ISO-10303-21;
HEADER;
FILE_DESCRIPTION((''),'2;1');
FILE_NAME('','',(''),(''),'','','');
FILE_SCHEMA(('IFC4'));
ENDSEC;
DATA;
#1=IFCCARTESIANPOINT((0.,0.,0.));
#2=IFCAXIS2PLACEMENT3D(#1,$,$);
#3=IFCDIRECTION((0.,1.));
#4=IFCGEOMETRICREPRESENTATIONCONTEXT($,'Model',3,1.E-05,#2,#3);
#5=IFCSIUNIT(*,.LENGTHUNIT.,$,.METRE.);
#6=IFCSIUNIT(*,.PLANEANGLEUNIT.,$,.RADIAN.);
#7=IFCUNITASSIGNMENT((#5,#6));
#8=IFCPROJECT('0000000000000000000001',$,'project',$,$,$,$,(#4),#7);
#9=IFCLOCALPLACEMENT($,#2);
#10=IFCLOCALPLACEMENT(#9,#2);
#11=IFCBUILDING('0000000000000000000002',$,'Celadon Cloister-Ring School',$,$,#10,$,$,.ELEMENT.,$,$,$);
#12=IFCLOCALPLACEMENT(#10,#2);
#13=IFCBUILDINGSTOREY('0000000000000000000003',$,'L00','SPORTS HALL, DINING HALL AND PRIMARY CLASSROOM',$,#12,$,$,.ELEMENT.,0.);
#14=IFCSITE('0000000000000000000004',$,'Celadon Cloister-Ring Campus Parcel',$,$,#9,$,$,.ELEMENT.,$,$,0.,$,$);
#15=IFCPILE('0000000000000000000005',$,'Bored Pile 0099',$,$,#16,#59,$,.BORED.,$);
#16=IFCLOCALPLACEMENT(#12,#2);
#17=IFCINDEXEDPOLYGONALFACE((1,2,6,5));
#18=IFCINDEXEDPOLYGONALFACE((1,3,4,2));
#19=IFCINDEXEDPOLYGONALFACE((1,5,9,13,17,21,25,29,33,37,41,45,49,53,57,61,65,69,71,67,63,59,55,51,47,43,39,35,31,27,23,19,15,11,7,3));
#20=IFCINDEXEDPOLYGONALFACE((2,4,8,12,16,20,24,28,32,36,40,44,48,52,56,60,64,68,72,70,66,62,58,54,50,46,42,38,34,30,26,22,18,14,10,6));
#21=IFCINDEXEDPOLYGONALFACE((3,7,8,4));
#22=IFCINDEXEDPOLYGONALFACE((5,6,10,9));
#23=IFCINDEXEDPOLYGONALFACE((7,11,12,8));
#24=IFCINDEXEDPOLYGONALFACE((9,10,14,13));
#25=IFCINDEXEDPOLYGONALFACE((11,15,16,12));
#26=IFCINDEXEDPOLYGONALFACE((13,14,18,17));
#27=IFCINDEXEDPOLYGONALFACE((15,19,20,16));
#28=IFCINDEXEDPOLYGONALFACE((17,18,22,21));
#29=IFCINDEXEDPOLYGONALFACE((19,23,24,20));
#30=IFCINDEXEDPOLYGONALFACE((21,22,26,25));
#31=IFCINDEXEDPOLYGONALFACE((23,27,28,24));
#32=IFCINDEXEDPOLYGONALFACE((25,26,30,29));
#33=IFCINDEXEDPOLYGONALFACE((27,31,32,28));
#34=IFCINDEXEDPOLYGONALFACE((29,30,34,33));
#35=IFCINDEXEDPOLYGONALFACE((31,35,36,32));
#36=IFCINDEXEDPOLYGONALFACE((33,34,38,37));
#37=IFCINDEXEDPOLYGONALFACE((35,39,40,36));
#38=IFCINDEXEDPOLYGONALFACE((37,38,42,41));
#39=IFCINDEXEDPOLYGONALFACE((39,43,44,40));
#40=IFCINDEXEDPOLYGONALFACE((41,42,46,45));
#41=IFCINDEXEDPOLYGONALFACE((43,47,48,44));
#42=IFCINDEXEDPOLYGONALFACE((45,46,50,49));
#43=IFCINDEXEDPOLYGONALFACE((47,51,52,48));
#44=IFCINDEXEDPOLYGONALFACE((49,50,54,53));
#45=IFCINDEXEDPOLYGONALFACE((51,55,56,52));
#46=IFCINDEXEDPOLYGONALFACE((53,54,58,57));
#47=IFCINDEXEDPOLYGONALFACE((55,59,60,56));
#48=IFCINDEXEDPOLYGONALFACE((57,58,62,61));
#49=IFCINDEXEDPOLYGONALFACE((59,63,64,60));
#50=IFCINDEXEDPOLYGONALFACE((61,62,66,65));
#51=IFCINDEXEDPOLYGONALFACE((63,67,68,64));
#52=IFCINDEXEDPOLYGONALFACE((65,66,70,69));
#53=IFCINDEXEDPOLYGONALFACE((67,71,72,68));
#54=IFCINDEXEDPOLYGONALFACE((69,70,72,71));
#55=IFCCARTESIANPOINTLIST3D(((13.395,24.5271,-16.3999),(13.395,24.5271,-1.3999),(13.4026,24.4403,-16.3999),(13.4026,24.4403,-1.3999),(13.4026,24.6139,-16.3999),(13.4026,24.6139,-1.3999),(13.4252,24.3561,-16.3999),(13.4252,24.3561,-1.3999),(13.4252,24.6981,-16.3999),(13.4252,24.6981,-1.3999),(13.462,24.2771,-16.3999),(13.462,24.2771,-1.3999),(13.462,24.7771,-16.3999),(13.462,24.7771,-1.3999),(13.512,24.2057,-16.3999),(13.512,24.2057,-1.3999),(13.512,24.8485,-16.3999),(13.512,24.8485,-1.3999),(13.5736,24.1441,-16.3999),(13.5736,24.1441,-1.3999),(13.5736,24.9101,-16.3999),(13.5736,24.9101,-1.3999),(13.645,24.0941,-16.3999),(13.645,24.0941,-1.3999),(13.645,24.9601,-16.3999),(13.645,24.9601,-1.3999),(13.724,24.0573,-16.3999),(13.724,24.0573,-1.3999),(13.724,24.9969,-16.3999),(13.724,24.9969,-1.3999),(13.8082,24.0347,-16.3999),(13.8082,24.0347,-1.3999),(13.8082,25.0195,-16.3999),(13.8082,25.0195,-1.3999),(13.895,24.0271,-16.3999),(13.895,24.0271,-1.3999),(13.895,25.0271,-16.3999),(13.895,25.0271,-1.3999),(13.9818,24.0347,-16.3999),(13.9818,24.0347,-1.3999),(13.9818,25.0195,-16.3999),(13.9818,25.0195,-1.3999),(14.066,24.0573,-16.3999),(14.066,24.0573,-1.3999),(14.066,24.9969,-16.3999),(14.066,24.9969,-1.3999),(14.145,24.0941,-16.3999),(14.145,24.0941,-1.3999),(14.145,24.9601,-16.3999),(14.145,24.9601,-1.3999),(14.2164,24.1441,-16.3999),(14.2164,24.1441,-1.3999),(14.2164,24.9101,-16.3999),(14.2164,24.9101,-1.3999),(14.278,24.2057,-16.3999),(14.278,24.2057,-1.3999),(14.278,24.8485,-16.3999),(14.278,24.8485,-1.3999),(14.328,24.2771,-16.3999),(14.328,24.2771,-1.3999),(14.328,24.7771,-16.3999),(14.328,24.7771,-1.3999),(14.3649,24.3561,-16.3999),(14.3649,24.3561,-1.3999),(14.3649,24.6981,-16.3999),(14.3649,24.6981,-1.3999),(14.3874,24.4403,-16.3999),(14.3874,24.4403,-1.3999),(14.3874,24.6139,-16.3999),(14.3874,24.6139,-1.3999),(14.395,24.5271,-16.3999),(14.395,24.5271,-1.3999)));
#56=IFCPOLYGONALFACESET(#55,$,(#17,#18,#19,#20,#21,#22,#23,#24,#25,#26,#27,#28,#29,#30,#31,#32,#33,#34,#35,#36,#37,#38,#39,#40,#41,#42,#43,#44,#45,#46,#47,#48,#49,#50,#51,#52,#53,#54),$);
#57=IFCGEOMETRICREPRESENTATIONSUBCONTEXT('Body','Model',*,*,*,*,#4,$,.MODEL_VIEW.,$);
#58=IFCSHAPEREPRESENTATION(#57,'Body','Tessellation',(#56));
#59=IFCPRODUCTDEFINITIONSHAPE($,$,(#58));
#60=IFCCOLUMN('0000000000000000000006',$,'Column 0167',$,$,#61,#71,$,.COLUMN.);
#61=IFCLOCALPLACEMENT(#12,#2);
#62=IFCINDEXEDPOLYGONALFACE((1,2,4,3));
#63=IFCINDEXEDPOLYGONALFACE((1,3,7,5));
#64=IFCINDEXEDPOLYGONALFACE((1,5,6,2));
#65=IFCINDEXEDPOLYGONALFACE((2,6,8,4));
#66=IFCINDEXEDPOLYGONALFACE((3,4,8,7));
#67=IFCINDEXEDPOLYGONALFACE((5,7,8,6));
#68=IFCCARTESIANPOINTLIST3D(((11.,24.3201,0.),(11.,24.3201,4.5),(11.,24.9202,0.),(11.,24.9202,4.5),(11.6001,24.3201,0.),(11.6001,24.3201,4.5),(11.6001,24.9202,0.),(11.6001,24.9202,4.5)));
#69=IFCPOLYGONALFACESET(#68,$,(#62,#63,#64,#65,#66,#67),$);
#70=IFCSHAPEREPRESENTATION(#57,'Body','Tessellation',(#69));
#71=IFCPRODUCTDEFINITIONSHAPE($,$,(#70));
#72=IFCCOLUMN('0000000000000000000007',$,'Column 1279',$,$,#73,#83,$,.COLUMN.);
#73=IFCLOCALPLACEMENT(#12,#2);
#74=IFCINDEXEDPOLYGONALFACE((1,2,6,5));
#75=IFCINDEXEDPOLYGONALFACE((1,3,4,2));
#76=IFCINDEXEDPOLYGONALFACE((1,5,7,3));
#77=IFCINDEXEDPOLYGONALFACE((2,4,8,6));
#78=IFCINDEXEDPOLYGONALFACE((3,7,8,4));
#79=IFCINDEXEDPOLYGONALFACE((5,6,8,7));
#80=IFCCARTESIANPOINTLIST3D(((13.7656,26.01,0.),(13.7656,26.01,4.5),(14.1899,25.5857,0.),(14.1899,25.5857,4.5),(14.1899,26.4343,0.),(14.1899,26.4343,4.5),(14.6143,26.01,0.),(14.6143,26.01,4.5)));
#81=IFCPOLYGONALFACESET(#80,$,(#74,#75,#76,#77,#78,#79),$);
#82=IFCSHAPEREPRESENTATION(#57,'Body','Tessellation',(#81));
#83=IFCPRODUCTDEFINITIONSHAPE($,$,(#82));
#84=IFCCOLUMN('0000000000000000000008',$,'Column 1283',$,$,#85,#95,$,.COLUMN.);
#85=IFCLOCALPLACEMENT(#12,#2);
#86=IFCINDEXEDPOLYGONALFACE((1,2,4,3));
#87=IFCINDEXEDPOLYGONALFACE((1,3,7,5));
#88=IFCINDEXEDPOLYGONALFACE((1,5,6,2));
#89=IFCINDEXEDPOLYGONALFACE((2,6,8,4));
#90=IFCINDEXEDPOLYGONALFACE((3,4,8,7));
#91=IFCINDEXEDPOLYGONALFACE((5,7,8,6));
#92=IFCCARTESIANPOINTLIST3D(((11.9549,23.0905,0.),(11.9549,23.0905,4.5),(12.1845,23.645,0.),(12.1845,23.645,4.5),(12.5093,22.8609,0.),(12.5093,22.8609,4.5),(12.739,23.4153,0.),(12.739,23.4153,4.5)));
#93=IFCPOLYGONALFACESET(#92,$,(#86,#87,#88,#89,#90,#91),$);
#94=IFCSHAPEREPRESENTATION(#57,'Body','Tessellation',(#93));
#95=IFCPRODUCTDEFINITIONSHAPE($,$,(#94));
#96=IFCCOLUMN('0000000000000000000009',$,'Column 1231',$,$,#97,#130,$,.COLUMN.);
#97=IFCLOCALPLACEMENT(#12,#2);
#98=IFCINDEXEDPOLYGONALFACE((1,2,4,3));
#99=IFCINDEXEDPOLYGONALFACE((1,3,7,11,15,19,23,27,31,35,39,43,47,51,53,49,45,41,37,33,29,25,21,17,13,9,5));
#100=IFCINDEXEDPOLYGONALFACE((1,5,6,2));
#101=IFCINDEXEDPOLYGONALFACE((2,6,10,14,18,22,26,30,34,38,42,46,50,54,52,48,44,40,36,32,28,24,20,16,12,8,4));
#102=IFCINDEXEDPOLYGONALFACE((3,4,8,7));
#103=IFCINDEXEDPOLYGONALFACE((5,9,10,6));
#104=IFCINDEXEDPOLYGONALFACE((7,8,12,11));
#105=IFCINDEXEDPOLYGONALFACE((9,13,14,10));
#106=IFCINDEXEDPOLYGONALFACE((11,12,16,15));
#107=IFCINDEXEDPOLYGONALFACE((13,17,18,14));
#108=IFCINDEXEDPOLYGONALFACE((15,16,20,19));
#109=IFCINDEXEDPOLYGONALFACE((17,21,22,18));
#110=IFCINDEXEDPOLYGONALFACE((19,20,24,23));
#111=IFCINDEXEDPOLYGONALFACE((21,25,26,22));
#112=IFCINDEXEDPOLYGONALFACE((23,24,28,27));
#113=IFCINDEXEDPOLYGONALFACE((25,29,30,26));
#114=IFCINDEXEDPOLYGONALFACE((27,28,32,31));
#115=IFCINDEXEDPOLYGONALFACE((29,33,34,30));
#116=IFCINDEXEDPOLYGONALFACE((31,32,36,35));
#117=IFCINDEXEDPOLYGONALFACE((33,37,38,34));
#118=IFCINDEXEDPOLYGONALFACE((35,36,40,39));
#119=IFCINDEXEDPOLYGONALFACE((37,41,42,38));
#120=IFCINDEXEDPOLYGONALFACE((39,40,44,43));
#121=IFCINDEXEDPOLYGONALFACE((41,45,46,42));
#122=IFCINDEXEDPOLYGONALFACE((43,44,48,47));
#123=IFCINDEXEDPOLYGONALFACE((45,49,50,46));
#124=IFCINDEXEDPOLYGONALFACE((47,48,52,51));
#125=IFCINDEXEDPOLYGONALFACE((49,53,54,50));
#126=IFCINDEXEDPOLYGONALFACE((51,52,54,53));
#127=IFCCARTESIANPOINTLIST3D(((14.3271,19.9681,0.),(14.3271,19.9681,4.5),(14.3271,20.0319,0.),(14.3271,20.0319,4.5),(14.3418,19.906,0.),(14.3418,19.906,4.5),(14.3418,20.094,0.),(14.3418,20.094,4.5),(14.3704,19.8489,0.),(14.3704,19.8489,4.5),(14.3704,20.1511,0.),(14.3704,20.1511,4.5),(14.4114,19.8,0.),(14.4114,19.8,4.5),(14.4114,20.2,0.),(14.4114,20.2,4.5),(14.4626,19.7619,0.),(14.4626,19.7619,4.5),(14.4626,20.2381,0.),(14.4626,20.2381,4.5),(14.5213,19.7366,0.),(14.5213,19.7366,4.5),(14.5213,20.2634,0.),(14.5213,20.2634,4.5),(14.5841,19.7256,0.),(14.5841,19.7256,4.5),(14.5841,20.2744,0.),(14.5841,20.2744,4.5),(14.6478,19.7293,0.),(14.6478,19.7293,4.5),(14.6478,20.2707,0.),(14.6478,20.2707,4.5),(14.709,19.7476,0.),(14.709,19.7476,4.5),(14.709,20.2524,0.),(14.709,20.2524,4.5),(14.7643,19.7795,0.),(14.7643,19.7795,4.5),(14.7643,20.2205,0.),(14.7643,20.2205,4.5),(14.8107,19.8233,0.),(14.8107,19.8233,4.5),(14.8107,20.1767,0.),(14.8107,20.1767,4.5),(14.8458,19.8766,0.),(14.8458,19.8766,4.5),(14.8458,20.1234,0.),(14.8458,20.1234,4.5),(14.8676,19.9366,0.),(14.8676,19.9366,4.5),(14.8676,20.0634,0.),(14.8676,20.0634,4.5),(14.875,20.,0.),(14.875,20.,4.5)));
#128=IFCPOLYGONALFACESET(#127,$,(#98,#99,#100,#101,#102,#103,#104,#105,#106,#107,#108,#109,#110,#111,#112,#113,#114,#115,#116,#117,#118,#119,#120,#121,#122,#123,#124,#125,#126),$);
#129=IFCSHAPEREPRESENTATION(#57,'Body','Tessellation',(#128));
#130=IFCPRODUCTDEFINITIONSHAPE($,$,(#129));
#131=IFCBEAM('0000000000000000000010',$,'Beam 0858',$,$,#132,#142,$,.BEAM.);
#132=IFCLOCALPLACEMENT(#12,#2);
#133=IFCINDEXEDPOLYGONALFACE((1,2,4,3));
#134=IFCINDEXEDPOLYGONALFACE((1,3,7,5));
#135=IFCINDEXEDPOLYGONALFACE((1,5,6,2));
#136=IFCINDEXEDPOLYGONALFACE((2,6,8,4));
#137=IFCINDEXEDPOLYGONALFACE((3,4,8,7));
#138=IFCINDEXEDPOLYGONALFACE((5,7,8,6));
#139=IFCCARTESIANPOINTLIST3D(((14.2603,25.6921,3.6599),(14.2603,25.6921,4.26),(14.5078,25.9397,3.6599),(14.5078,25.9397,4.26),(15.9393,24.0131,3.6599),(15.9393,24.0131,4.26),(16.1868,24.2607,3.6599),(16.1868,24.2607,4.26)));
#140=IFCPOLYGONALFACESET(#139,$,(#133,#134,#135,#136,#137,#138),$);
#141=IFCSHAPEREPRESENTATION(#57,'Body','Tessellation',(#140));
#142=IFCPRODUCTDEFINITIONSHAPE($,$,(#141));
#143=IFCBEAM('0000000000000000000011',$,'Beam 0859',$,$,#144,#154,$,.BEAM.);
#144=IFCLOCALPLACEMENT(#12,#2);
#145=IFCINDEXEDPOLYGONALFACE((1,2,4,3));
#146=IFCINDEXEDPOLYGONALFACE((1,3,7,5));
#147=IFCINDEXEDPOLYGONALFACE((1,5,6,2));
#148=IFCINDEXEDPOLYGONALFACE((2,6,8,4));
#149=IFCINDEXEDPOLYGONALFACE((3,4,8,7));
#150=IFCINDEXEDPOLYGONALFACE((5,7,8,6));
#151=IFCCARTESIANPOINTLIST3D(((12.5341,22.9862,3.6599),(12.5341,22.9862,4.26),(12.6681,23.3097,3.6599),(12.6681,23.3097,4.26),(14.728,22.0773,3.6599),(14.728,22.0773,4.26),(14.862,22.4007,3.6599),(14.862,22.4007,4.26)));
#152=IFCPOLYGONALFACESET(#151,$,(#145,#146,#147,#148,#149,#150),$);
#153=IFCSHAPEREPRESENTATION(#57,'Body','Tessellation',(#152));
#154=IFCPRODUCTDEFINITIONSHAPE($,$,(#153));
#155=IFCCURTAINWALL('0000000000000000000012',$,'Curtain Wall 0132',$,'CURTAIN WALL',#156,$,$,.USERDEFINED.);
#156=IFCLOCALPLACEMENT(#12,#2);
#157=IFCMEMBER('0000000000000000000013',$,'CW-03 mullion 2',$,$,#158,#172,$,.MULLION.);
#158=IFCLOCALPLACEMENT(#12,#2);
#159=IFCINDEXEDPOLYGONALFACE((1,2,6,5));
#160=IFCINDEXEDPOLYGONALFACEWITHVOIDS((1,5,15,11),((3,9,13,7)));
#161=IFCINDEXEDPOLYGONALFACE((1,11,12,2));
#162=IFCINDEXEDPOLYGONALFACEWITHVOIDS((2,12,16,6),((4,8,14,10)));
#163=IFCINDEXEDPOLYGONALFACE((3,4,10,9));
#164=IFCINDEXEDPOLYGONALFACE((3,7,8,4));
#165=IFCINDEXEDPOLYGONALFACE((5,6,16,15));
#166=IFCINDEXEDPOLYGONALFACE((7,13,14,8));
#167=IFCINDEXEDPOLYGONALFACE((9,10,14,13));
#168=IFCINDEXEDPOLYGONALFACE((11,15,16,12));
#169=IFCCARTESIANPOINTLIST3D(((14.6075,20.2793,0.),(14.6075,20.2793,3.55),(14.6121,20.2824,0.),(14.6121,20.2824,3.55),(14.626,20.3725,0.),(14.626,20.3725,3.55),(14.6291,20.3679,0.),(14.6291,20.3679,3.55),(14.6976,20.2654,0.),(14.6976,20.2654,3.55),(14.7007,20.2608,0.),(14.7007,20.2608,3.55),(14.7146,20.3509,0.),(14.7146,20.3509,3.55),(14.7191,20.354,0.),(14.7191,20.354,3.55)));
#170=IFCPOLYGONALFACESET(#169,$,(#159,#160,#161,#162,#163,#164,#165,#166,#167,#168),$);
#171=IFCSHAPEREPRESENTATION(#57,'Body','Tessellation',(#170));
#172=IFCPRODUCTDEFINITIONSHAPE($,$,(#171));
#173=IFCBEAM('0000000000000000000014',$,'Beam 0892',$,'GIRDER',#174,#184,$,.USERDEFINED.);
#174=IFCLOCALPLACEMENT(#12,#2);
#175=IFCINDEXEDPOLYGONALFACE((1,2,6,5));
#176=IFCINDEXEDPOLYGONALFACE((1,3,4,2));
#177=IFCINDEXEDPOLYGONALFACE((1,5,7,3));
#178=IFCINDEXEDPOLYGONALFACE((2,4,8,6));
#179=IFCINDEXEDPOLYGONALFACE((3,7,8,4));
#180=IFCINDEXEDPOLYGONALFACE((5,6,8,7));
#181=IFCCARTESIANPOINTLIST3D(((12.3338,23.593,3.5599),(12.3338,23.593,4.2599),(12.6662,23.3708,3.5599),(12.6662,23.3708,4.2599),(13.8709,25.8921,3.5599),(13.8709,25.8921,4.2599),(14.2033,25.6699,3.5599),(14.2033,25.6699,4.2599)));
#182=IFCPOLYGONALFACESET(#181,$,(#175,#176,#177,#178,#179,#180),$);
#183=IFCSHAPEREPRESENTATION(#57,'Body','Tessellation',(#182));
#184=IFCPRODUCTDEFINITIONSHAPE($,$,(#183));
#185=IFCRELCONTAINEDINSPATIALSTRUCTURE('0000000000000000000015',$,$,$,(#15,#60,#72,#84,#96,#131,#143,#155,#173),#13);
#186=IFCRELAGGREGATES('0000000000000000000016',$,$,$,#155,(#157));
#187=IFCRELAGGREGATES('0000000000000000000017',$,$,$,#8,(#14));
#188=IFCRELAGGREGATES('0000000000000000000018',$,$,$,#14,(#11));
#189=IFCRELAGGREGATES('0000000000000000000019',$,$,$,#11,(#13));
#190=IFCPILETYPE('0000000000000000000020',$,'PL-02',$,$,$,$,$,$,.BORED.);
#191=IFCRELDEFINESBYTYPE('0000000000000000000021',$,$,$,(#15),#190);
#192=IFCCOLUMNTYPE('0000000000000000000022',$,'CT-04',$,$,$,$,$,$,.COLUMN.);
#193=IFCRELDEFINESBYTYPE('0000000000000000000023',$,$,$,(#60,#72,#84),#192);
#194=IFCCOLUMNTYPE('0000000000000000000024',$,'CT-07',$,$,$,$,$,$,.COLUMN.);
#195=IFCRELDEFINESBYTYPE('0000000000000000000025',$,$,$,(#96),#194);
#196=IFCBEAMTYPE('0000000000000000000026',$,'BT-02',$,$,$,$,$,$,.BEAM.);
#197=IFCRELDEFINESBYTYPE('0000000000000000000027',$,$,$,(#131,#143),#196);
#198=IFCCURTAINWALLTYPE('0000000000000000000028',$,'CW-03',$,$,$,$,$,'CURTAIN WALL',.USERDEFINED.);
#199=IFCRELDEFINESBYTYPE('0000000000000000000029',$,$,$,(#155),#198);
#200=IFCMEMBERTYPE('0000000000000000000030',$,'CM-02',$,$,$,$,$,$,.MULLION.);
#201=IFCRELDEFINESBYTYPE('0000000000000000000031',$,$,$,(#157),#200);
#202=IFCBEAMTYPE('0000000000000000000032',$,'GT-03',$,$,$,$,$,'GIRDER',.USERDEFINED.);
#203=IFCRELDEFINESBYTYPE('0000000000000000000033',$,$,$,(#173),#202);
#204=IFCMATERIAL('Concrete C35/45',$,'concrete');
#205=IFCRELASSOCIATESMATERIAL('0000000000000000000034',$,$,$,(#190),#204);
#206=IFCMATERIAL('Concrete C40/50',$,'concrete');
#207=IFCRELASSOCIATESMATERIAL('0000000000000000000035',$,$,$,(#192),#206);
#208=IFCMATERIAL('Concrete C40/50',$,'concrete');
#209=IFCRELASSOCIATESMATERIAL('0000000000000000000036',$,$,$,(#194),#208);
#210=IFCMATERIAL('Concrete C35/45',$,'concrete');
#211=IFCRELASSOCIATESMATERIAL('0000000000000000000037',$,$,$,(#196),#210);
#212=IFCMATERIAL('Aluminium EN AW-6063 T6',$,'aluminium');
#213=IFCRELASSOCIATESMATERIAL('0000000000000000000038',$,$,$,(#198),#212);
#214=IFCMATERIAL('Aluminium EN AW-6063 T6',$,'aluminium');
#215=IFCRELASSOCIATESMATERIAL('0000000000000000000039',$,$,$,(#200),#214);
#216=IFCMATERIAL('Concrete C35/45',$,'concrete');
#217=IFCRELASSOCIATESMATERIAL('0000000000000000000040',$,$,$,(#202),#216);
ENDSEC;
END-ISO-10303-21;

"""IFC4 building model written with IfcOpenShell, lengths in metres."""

from ifc_helpers import new_model, si_unit, direction, frame, origin, origin_2d, place, context, subcontext, project, spatial, rectangle, hollow_rectangle, circle, extrude, material, material_profile, profile_set, type_object, element, aggregate, save


model = new_model("IFC4")

# Units and contexts
model_context = context("Model", 3, precision=1e-05, world=origin(), true_north=direction((0.0, 1.0)))
body_context = subcontext(model_context, "Body", "Model", "MODEL_VIEW")
ifc_project = project(units=[si_unit("LENGTHUNIT", "METRE"), si_unit("PLANEANGLEUNIT", "RADIAN")], contexts=[model_context])

# Site, building, storey
site_placement = place(None, origin())
site = spatial("IfcSite", under=ifc_project, at=site_placement, Name="Celadon Cloister-Ring Campus Parcel", CompositionType="ELEMENT", RefElevation=0.0)
building_placement = place(site_placement, origin())
building = spatial("IfcBuilding", under=site, at=building_placement, Name="Celadon Cloister-Ring School", CompositionType="ELEMENT")
storey_placement = place(building_placement, origin())
storey = spatial("IfcBuildingStorey", under=building, at=storey_placement, Name="L00", Description="SPORTS HALL, DINING HALL AND PRIMARY CLASSROOM", CompositionType="ELEMENT", Elevation=0.0)

# Pile
ifc_material_1 = material(Name="Concrete C35/45", Category="concrete")
ifc_material_profile_1 = material_profile(ifc_material_1, circle(Radius=0.5, at=origin_2d()), Name="PILE1000")
ifc_profile_set_1 = profile_set([ifc_material_profile_1], Name="Concrete C35/45")
pile_type = type_object("IfcPileType", Name="PL-02", PredefinedType="BORED", material=ifc_profile_set_1)
pile_placement = place(storey_placement, frame((13.895, 24.5271, -1.3999), z_axis=(0.0, 0.0, -1.0), x_axis=(1.0, 0.0, 0.0)))
element("IfcPile", 1, at=pile_placement, inside=storey, type_object=pile_type, Name="Bored Pile 0099", PredefinedType="BORED", context=body_context, shape_type="SweptSolid", body=[
    extrude(circle(Radius=0.5, at=origin_2d()), origin(), (0.0, 0.0, 1.0), 15.0),
])

# Columns
ifc_material_2 = material(Name="Concrete C40/50", Category="concrete")
ifc_material_profile_2 = material_profile(ifc_material_2, rectangle(XDim=0.6001, YDim=0.6001, at=origin_2d()), Name="RC600X600")
ifc_profile_set_2 = profile_set([ifc_material_profile_2], Name="Concrete C40/50")
column_type_1 = type_object("IfcColumnType", Name="CT-04", PredefinedType="COLUMN", material=ifc_profile_set_2)
for number, where, z_axis, x_axis, name in (
    (2, (11.3, 24.6201, 0.0), (0.0, 0.0, 1.0), (1.0, 0.0, 0.0), "Column 0167"),
    (3, (14.1899, 26.01, 0.0), (0.0, 0.0, 1.0), (-0.707107, 0.707107, 0.0), "Column 1279"),
    (4, (12.3469, 23.2529, 0.0), (0.0, 0.0, 1.0), (-0.92388, 0.382683, 0.0), "Column 1283"),
):
    element("IfcColumn", number, at=place(storey_placement, frame(where, z_axis=z_axis, x_axis=x_axis)), inside=storey, type_object=column_type_1, Name=name, PredefinedType="COLUMN", context=body_context, shape_type="SweptSolid", body=[
        extrude(rectangle(XDim=0.6001, YDim=0.6001, at=origin_2d()), origin(), (0.0, 0.0, 1.0), 4.5),
    ])
ifc_material_3 = material(Name="Concrete C40/50", Category="concrete")
ifc_material_profile_3 = material_profile(ifc_material_3, circle(Radius=0.2749, at=origin_2d()), Name="CIRC550")
ifc_profile_set_3 = profile_set([ifc_material_profile_3], Name="Concrete C40/50")
column_type_2 = type_object("IfcColumnType", Name="CT-07", PredefinedType="COLUMN", material=ifc_profile_set_3)
column_placement = place(storey_placement, frame((14.6001, 20.0, 0.0), z_axis=(0.0, 0.0, 1.0), x_axis=(1.0, 0.0, 0.0)))
element("IfcColumn", 5, at=column_placement, inside=storey, type_object=column_type_2, Name="Column 1231", PredefinedType="COLUMN", context=body_context, shape_type="SweptSolid", body=[
    extrude(circle(Radius=0.2749, at=origin_2d()), origin(), (0.0, 0.0, 1.0), 4.5),
])

# Beams
ifc_material_4 = material(Name="Concrete C35/45", Category="concrete")
ifc_material_profile_4 = material_profile(ifc_material_4, rectangle(XDim=0.3501, YDim=0.6001, at=origin_2d()), Name="RC350X600")
ifc_profile_set_4 = profile_set([ifc_material_profile_4], Name="Concrete C35/45")
beam_type_1 = type_object("IfcBeamType", Name="BT-02", PredefinedType="BEAM", material=ifc_profile_set_4)
beam_1_placement = place(storey_placement, frame((14.384, 25.8159, 3.96), z_axis=(0.707107, -0.707107, 0.0), x_axis=(0.707107, 0.707107, 0.0)))
element("IfcBeam", 6, at=beam_1_placement, inside=storey, type_object=beam_type_1, Name="Beam 0858", PredefinedType="BEAM", context=body_context, shape_type="SweptSolid", body=[
    extrude(rectangle(XDim=0.3501, YDim=0.6001, at=origin_2d()), origin(), (0.0, 0.0, 1.0), 2.3745),
])
beam_2_placement = place(storey_placement, frame((12.6011, 23.1479, 3.96), z_axis=(0.923848, -0.38276, 0.0), x_axis=(0.38276, 0.923848, 0.0)))
element("IfcBeam", 7, at=beam_2_placement, inside=storey, type_object=beam_type_1, Name="Beam 0859", PredefinedType="BEAM", context=body_context, shape_type="SweptSolid", body=[
    extrude(rectangle(XDim=0.3501, YDim=0.6001, at=origin_2d()), origin(), (0.0, 0.0, 1.0), 2.3748),
])

# Curtain wall, member
ifc_material_5 = material(Name="Aluminium EN AW-6063 T6", Category="aluminium")
curtain_wall_type = type_object("IfcCurtainWallType", Name="CW-03", ElementType="CURTAIN WALL", PredefinedType="USERDEFINED", material=ifc_material_5)
curtain_wall_placement = place(storey_placement, origin())
curtain_wall = element("IfcCurtainWall", 8, at=curtain_wall_placement, inside=storey, type_object=curtain_wall_type, Name="Curtain Wall 0132", ObjectType="CURTAIN WALL", PredefinedType="USERDEFINED")
ifc_material_6 = material(Name="Aluminium EN AW-6063 T6", Category="aluminium")
ifc_material_profile_5 = material_profile(ifc_material_6, hollow_rectangle(XDim=0.095, YDim=0.095, WallThickness=0.0039, at=origin_2d()), Name="RHS95X95X4")
ifc_profile_set_5 = profile_set([ifc_material_profile_5], Name="Aluminium EN AW-6063 T6")
member_type = type_object("IfcMemberType", Name="CM-02", PredefinedType="MULLION", material=ifc_profile_set_5)
member_placement = place(storey_placement, frame((14.6633, 20.3167, 0.0), z_axis=(0.0, 0.0, 1.0), x_axis=(0.980885, -0.194586, 0.0)))
member = element("IfcMember", 9, at=member_placement, type_object=member_type, Name="CW-03 mullion 2", PredefinedType="MULLION", context=body_context, shape_type="SweptSolid", body=[
    extrude(hollow_rectangle(XDim=0.095, YDim=0.095, WallThickness=0.0039, at=origin_2d()), origin(), (0.0, 0.0, 1.0), 3.55),
])
aggregate(curtain_wall, [member])

# Beam
ifc_material_7 = material(Name="Concrete C35/45", Category="concrete")
ifc_material_profile_6 = material_profile(ifc_material_7, rectangle(XDim=0.3999, YDim=0.7, at=origin_2d()), Name="RC400X700")
ifc_profile_set_6 = profile_set([ifc_material_profile_6], Name="Concrete C35/45")
beam_type_2 = type_object("IfcBeamType", Name="GT-03", ElementType="GIRDER", PredefinedType="USERDEFINED", material=ifc_profile_set_6)
beam_3_placement = place(storey_placement, frame((14.0371, 25.781, 3.9099), z_axis=(-0.5558, -0.831316, 0.0), x_axis=(0.831316, -0.5558, 0.0)))
element("IfcBeam", 10, at=beam_3_placement, inside=storey, type_object=beam_type_2, Name="Beam 0892", ObjectType="GIRDER", PredefinedType="USERDEFINED", context=body_context, shape_type="SweptSolid", body=[
    extrude(rectangle(XDim=0.3999, YDim=0.7, at=origin_2d()), origin(), (0.0, 0.0, 1.0), 2.7656),
])

save(model, "model.ifc")
